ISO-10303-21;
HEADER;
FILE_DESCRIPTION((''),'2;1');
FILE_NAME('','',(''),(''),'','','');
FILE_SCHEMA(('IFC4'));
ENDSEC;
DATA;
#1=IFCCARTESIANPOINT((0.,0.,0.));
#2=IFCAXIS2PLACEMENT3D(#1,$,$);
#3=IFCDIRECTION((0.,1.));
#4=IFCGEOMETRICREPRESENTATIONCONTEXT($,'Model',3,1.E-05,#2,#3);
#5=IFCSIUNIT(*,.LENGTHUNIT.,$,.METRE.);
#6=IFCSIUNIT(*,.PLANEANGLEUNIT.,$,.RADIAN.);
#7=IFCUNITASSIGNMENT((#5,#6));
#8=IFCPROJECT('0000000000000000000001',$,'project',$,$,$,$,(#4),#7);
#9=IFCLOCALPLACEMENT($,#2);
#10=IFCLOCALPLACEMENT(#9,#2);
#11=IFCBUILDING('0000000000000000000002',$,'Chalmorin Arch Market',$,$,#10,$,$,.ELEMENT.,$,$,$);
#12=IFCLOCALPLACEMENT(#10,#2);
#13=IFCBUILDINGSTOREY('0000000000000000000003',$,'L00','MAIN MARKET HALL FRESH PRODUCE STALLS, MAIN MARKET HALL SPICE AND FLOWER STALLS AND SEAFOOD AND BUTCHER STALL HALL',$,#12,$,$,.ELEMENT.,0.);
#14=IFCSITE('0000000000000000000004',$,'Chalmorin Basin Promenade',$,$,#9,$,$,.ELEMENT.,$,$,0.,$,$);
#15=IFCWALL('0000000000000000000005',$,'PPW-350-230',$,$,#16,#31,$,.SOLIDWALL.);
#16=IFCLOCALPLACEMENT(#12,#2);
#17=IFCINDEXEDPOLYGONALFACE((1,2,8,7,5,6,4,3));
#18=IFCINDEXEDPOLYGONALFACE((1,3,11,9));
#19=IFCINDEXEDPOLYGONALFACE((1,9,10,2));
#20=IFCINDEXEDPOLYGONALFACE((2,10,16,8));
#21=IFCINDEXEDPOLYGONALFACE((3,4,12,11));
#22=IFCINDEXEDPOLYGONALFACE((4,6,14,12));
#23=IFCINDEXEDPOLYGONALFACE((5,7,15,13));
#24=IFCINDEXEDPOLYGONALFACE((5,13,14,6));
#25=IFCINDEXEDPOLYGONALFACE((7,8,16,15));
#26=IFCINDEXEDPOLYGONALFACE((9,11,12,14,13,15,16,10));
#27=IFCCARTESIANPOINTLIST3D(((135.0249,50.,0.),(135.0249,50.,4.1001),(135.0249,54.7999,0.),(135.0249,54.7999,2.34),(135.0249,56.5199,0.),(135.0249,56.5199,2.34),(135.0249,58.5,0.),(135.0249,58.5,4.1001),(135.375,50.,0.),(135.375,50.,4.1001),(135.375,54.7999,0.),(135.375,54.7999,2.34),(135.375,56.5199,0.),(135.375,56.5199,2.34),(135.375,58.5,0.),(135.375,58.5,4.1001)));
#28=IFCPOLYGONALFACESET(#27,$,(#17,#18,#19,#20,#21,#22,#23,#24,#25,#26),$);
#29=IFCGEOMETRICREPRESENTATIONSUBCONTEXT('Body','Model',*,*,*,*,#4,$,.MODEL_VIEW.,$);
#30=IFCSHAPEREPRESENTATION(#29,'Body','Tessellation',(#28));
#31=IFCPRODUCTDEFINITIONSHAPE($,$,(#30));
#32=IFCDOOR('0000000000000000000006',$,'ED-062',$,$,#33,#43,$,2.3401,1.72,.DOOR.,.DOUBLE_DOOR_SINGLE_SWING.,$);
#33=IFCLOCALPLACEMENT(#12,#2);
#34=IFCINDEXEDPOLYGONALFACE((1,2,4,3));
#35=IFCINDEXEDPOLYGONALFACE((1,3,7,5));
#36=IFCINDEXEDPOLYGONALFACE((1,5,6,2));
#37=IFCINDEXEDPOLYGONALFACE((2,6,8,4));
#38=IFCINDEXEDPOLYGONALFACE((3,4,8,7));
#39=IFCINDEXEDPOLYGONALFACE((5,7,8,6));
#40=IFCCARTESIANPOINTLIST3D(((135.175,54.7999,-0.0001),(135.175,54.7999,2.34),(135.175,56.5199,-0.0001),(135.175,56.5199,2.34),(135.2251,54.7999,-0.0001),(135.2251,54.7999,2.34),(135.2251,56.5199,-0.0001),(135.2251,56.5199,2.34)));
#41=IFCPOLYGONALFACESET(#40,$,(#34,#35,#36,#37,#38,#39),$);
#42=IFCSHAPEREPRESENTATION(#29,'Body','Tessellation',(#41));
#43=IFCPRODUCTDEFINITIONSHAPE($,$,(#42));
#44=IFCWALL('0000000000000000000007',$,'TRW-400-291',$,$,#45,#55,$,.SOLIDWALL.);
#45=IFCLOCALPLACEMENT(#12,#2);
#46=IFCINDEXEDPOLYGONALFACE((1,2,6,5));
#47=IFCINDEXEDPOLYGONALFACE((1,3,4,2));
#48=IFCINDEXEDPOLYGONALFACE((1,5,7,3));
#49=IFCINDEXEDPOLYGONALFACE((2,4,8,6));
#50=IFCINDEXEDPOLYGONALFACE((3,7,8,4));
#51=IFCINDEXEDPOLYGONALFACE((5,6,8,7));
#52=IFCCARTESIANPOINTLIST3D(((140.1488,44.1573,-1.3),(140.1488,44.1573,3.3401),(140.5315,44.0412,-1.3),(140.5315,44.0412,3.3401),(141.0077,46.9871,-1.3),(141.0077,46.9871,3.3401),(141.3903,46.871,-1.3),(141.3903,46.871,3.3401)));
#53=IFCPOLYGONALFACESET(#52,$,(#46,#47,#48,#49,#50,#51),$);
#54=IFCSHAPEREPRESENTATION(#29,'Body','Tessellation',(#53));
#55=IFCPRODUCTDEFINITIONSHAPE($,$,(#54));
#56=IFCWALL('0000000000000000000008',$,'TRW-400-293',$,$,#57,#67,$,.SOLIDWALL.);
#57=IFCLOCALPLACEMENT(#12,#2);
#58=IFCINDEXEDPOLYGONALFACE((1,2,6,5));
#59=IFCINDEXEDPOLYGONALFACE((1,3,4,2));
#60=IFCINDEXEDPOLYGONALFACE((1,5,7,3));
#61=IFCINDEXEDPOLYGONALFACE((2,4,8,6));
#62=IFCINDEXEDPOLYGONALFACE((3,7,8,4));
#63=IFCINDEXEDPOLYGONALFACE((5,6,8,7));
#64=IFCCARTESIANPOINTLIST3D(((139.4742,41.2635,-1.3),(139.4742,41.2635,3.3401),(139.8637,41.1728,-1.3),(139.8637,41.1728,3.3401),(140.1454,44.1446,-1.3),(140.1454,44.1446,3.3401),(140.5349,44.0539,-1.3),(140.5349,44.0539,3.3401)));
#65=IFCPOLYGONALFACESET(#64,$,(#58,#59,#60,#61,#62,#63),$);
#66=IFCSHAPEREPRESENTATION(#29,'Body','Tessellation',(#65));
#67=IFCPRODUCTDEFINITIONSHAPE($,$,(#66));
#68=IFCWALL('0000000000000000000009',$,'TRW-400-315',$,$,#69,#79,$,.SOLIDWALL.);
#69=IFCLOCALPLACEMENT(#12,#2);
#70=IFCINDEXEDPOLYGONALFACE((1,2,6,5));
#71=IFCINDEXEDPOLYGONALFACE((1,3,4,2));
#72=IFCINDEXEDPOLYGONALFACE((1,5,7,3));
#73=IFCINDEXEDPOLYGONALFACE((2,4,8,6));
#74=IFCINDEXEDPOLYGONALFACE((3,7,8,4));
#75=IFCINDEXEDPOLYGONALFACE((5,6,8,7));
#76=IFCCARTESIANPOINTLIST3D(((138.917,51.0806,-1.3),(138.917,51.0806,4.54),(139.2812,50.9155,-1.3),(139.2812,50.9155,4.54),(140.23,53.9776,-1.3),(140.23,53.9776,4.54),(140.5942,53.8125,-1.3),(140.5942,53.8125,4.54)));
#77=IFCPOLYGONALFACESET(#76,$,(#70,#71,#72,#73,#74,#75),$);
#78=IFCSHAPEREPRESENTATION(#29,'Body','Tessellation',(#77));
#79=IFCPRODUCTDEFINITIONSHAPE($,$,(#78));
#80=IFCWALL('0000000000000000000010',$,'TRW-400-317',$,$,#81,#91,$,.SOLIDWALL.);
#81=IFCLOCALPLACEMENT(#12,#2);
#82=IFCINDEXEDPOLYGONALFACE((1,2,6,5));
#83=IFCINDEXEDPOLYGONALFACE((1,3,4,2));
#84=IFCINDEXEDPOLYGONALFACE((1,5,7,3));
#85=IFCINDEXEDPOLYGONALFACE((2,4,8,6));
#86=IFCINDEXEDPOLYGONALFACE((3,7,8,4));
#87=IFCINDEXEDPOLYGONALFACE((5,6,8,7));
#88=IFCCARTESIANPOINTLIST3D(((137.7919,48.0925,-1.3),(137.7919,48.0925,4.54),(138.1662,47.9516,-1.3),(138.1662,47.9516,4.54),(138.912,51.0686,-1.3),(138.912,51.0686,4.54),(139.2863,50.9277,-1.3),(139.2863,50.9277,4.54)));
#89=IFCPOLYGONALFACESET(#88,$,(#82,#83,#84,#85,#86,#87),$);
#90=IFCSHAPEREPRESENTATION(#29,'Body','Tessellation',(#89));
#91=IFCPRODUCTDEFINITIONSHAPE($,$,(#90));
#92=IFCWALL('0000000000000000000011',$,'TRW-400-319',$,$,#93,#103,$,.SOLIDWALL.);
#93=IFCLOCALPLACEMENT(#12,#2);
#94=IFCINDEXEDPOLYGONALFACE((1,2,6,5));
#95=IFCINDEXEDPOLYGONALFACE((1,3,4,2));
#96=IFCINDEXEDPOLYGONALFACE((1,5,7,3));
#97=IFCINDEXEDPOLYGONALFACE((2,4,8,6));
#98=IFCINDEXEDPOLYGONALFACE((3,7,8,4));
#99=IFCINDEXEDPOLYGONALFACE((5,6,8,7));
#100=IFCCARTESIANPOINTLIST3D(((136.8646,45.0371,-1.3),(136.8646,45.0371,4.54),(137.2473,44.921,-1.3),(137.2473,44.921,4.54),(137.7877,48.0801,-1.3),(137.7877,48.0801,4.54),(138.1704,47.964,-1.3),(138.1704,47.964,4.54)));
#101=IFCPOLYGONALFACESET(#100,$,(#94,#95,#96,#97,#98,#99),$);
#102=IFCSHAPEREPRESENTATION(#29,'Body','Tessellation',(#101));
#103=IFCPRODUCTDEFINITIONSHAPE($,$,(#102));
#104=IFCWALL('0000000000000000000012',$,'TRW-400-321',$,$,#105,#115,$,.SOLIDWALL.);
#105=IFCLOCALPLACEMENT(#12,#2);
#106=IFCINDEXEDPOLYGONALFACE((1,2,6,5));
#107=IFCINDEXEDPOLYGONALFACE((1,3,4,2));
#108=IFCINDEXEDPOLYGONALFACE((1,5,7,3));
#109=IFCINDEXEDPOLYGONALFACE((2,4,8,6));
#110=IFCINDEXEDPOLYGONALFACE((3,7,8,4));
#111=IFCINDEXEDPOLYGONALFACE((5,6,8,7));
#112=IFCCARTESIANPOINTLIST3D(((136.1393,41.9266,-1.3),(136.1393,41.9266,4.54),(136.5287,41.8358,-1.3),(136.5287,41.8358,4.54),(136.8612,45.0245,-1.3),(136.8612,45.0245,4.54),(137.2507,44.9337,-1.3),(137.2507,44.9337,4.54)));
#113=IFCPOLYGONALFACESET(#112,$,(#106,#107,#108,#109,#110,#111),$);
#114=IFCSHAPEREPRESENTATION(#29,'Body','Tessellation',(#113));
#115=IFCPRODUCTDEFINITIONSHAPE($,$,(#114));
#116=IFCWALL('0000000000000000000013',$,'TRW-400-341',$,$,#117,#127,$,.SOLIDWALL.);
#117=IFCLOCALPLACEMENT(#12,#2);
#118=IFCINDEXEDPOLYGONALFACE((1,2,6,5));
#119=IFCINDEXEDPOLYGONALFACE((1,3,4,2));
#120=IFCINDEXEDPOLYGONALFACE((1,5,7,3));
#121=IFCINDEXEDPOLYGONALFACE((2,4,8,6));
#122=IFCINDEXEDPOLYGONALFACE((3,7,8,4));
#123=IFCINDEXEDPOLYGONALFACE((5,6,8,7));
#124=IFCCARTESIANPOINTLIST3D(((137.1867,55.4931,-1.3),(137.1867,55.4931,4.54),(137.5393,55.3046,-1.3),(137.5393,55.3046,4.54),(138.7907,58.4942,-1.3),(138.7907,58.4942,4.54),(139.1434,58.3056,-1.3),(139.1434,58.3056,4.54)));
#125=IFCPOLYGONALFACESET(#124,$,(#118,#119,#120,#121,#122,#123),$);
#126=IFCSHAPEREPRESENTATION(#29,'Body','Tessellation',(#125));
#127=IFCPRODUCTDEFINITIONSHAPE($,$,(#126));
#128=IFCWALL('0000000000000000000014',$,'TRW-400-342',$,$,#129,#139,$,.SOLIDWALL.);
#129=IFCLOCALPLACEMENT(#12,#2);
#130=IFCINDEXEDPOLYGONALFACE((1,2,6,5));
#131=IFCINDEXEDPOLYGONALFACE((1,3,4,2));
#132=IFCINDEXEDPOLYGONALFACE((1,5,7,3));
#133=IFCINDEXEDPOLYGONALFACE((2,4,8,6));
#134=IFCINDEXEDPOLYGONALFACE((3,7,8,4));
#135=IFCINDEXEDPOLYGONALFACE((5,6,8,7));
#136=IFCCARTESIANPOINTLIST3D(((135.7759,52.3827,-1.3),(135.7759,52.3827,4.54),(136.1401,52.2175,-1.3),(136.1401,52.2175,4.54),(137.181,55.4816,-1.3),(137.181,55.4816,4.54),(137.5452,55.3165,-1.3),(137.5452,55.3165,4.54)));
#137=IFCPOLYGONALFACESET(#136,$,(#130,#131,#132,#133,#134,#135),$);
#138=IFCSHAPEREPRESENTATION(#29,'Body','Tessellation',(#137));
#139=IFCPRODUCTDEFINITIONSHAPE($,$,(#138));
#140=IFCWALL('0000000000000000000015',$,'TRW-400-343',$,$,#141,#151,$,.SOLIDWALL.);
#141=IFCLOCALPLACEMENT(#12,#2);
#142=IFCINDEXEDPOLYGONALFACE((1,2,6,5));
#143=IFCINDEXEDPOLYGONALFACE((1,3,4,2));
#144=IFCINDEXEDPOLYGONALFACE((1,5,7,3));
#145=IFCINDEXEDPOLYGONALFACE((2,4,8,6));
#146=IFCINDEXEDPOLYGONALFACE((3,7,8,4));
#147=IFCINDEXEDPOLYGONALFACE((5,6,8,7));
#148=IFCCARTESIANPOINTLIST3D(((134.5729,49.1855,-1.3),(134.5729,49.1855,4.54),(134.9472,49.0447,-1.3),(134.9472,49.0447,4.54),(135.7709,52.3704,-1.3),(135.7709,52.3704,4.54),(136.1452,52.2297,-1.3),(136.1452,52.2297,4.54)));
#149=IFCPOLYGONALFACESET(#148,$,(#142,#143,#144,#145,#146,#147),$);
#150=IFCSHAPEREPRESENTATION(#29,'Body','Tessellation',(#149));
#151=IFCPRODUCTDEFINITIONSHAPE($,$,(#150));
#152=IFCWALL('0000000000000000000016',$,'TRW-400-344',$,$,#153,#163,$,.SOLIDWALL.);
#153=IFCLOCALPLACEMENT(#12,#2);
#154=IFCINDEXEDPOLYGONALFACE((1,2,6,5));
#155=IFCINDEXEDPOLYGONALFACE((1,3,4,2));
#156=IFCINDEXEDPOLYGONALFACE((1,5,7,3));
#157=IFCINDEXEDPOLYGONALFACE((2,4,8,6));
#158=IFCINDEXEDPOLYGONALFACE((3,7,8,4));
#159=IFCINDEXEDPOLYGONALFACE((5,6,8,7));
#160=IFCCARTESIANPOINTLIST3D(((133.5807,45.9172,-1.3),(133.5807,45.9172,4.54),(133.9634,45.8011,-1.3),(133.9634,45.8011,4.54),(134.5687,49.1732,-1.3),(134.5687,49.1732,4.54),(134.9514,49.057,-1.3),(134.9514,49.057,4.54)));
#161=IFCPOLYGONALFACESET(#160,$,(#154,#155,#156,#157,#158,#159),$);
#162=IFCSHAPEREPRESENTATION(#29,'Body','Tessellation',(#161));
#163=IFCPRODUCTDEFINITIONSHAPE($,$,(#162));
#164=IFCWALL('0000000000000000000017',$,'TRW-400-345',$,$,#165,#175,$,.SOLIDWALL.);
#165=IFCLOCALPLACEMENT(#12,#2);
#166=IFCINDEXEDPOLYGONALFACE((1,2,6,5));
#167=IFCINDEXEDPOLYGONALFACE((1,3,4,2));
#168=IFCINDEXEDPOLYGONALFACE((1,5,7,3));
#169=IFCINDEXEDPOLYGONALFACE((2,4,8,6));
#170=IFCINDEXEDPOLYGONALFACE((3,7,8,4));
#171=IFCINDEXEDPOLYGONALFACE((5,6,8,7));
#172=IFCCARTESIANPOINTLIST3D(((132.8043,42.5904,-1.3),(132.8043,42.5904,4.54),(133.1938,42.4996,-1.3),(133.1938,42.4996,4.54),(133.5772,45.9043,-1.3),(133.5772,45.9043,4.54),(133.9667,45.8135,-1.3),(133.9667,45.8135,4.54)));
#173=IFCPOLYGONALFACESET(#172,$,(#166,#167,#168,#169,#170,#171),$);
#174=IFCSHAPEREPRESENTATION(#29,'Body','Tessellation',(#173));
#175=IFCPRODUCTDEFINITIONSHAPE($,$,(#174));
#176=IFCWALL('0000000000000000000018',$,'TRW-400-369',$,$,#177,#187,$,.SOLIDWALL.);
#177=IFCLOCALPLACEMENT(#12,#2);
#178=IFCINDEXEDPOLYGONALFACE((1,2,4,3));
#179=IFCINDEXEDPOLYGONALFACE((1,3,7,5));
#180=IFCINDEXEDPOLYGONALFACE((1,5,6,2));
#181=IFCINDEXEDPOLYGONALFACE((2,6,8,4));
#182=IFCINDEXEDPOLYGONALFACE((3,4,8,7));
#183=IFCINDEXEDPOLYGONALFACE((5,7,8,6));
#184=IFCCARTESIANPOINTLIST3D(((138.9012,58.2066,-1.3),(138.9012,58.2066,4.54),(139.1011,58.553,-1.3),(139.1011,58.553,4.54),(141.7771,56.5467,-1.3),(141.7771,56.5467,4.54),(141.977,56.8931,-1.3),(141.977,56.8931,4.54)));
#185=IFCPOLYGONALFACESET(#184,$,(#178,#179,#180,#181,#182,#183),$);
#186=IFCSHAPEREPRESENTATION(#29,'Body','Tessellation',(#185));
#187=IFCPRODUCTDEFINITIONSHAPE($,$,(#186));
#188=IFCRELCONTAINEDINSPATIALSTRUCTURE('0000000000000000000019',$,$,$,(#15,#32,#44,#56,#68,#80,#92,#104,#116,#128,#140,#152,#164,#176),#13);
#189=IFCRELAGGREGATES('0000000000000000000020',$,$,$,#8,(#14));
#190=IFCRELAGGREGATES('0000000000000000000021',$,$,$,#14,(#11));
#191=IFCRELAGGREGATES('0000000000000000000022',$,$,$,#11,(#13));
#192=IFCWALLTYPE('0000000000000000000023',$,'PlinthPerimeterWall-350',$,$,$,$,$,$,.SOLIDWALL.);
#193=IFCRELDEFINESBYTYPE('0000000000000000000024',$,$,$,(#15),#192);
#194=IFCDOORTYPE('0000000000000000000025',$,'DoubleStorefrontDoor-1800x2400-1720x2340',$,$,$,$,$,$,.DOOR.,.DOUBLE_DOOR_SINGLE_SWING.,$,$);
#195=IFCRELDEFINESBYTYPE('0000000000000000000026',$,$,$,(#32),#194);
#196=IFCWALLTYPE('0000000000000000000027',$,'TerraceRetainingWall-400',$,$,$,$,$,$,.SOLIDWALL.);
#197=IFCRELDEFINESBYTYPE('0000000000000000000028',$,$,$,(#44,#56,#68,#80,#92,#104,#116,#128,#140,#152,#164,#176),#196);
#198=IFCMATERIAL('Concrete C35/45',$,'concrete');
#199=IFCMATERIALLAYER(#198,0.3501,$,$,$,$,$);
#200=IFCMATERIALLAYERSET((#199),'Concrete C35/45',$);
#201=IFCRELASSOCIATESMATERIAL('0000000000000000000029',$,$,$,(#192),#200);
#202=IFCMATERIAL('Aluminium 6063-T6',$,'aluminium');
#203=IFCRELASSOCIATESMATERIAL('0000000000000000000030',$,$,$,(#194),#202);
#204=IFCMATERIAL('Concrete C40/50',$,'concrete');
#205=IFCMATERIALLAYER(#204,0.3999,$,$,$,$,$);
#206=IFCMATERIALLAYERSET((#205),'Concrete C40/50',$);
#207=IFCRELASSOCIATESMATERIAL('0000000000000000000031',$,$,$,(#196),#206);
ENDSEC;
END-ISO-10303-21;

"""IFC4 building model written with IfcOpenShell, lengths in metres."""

from ifc_helpers import new_model, si_unit, direction, frame, frame_2d, origin, place, context, subcontext, project, spatial, rectangle, extrude, material, layer, layer_set, type_object, element, fill, save


model = new_model("IFC4")

# Units and contexts
model_context = context("Model", 3, precision=1e-05, world=origin(), true_north=direction((0.0, 1.0)))
body_context = subcontext(model_context, "Body", "Model", "MODEL_VIEW")
ifc_project = project(units=[si_unit("LENGTHUNIT", "METRE"), si_unit("PLANEANGLEUNIT", "RADIAN")], contexts=[model_context])

# Site, building, storey
site_placement = place(None, origin())
site = spatial("IfcSite", under=ifc_project, at=site_placement, Name="Chalmorin Basin Promenade", CompositionType="ELEMENT", RefElevation=0.0)
building_placement = place(site_placement, origin())
building = spatial("IfcBuilding", under=site, at=building_placement, Name="Chalmorin Arch Market", CompositionType="ELEMENT")
storey_placement = place(building_placement, origin())
storey = spatial("IfcBuildingStorey", under=building, at=storey_placement, Name="L00", Description="MAIN MARKET HALL FRESH PRODUCE STALLS, MAIN MARKET HALL SPICE AND FLOWER STALLS AND SEAFOOD AND BUTCHER STALL HALL", CompositionType="ELEMENT", Elevation=0.0)

# Shared definitions
ifc_material_1 = material(Name="Concrete C40/50", Category="concrete")

# Shared definitions
ifc_material_2 = material(Name="Aluminium 6063-T6", Category="aluminium")

# Shared definitions
ifc_material_3 = material(Name="Concrete C35/45", Category="concrete")
ifc_layer_1 = layer(ifc_material_3, 0.3501)
ifc_layer_set_1 = layer_set([ifc_layer_1], Name="Concrete C35/45")
wall_type_1 = type_object("IfcWallType", Name="PlinthPerimeterWall-350", PredefinedType="SOLIDWALL", material=ifc_layer_set_1)

# Wall, opening, door
wall_1_placement = place(storey_placement, frame((135.2, 50.0, 0.0), z_axis=(0.0, 0.0, 1.0), x_axis=(0.0, 1.0, 0.0)))
wall_1 = element("IfcWall", 1, at=wall_1_placement, inside=storey, type_object=wall_type_1, Name="PPW-350-230", PredefinedType="SOLIDWALL", context=body_context, shape_type="SweptSolid", body=[
    extrude(rectangle(XDim=8.5, YDim=0.3501, at=frame_2d((4.25, 0.0))), origin(), (0.0, 0.0, 1.0), 4.1001),
])
opening_placement = place(wall_1_placement, frame((4.8, 0.0, 0.0)))
opening = element("IfcOpeningElement", 2, at=opening_placement, cuts=wall_1, PredefinedType="OPENING", context=body_context, shape_type="SweptSolid", body=[
    extrude(rectangle(XDim=1.72, YDim=2.3401, at=frame_2d((0.8599, 1.1699))), frame((0.0, 0.1851, 0.0), z_axis=(0.0, -1.0, 0.0), x_axis=(1.0, 0.0, 0.0)), (0.0, 0.0, 1.0), 0.3701),
])
door_type = type_object("IfcDoorType", Name="DoubleStorefrontDoor-1800x2400-1720x2340", OperationType="DOUBLE_DOOR_SINGLE_SWING", PredefinedType="DOOR", material=ifc_material_2)
door_placement = place(opening_placement, origin())
door = element("IfcDoor", 3, at=door_placement, inside=storey, type_object=door_type, Name="ED-062", OperationType="DOUBLE_DOOR_SINGLE_SWING", OverallHeight=2.3401, OverallWidth=1.72, PredefinedType="DOOR", context=body_context, shape_type="SweptSolid", body=[
    extrude(rectangle(XDim=1.72, YDim=2.3401, at=frame_2d((0.8599, 1.1699))), frame((0.0, 0.0249, 0.0), z_axis=(0.0, -1.0, 0.0), x_axis=(1.0, 0.0, 0.0)), (0.0, 0.0, 1.0), 0.05),
])
fill(opening, door)

# Walls
ifc_layer_2 = layer(ifc_material_1, 0.3999)
ifc_layer_set_2 = layer_set([ifc_layer_2], Name="Concrete C40/50")
wall_type_2 = type_object("IfcWallType", Name="TerraceRetainingWall-400", PredefinedType="SOLIDWALL", material=ifc_layer_set_2)
wall_2_placement = place(storey_placement, frame((141.199, 46.929, -1.3), z_axis=(0.0, 0.0, 1.0), x_axis=(-0.290429, -0.956897, 0.0)))
element("IfcWall", 4, at=wall_2_placement, inside=storey, type_object=wall_type_2, Name="TRW-400-291", PredefinedType="SOLIDWALL", context=body_context, shape_type="SweptSolid", body=[
    extrude(rectangle(XDim=2.9573, YDim=0.3999, at=frame_2d((1.4785, 0.0))), origin(), (0.0, 0.0, 1.0), 4.6401),
])
wall_3_placement = place(storey_placement, frame((140.3401, 44.0991, -1.3), z_axis=(0.0, 0.0, 1.0), x_axis=(-0.226872, -0.973925, 0.0)))
element("IfcWall", 5, at=wall_3_placement, inside=storey, type_object=wall_type_2, Name="TRW-400-293", PredefinedType="SOLIDWALL", context=body_context, shape_type="SweptSolid", body=[
    extrude(rectangle(XDim=2.9583, YDim=0.3999, at=frame_2d((1.479, 0.0))), origin(), (0.0, 0.0, 1.0), 4.6401),
])
wall_4_placement = place(storey_placement, frame((140.4121, 53.895, -1.3), z_axis=(0.0, 0.0, 1.0), x_axis=(-0.412808, -0.910818, 0.0)))
element("IfcWall", 6, at=wall_4_placement, inside=storey, type_object=wall_type_2, Name="TRW-400-315", PredefinedType="SOLIDWALL", context=body_context, shape_type="SweptSolid", body=[
    extrude(rectangle(XDim=3.1807, YDim=0.3999, at=frame_2d((1.5903, 0.0))), origin(), (0.0, 0.0, 1.0), 5.8401),
])
for number, where, z_axis, x_axis, name in (
    (7, (139.0991, 50.998, -1.3), (0.0, 0.0, 1.0), (-0.352251, -0.935906, 0.0), "TRW-400-317"),
    (8, (137.979, 48.022, -1.3), (0.0, 0.0, 1.0), (-0.290291, -0.956938, 0.0), "TRW-400-319"),
):
    element("IfcWall", number, at=place(storey_placement, frame(where, z_axis=z_axis, x_axis=x_axis)), inside=storey, type_object=wall_type_2, Name=name, PredefinedType="SOLIDWALL", context=body_context, shape_type="SweptSolid", body=[
        extrude(rectangle(XDim=3.1799, YDim=0.3999, at=frame_2d((1.5898, 0.0))), origin(), (0.0, 0.0, 1.0), 5.8401),
    ])
wall_5_placement = place(storey_placement, frame((137.0559, 44.979, -1.3), z_axis=(0.0, 0.0, 1.0), x_axis=(-0.226955, -0.973905, 0.0)))
element("IfcWall", 9, at=wall_5_placement, inside=storey, type_object=wall_type_2, Name="TRW-400-321", PredefinedType="SOLIDWALL", context=body_context, shape_type="SweptSolid", body=[
    extrude(rectangle(XDim=3.1809, YDim=0.3999, at=frame_2d((1.5903, 0.0))), origin(), (0.0, 0.0, 1.0), 5.8401),
])
wall_6_placement = place(storey_placement, frame((138.967, 58.3999, -1.3), z_axis=(0.0, 0.0, 1.0), x_axis=(-0.471385, -0.881928, 0.0)))
element("IfcWall", 10, at=wall_6_placement, inside=storey, type_object=wall_type_2, Name="TRW-400-341", PredefinedType="SOLIDWALL", context=body_context, shape_type="SweptSolid", body=[
    extrude(rectangle(XDim=3.4028, YDim=0.3999, at=frame_2d((1.7014, 0.0))), origin(), (0.0, 0.0, 1.0), 5.8401),
])
wall_7_placement = place(storey_placement, frame((137.363, 55.3989, -1.3), z_axis=(0.0, 0.0, 1.0), x_axis=(-0.412938, -0.910759, 0.0)))
element("IfcWall", 11, at=wall_7_placement, inside=storey, type_object=wall_type_2, Name="TRW-400-342", PredefinedType="SOLIDWALL", context=body_context, shape_type="SweptSolid", body=[
    extrude(rectangle(XDim=3.4026, YDim=0.3999, at=frame_2d((1.7012, 0.0))), origin(), (0.0, 0.0, 1.0), 5.8401),
])
wall_8_placement = place(storey_placement, frame((135.958, 52.3, -1.3), z_axis=(0.0, 0.0, 1.0), x_axis=(-0.352051, -0.935981, 0.0)))
element("IfcWall", 12, at=wall_8_placement, inside=storey, type_object=wall_type_2, Name="TRW-400-343", PredefinedType="SOLIDWALL", context=body_context, shape_type="SweptSolid", body=[
    extrude(rectangle(XDim=3.4028, YDim=0.3999, at=frame_2d((1.7014, 0.0))), origin(), (0.0, 0.0, 1.0), 5.8401),
])
wall_9_placement = place(storey_placement, frame((134.76, 49.115, -1.3), z_axis=(0.0, 0.0, 1.0), x_axis=(-0.290368, -0.956915, 0.0)))
element("IfcWall", 13, at=wall_9_placement, inside=storey, type_object=wall_type_2, Name="TRW-400-344", PredefinedType="SOLIDWALL", context=body_context, shape_type="SweptSolid", body=[
    extrude(rectangle(XDim=3.4026, YDim=0.3999, at=frame_2d((1.7012, 0.0))), origin(), (0.0, 0.0, 1.0), 5.8401),
])
wall_10_placement = place(storey_placement, frame((133.772, 45.8589, -1.3), z_axis=(0.0, 0.0, 1.0), x_axis=(-0.227143, -0.973861, 0.0)))
element("IfcWall", 14, at=wall_10_placement, inside=storey, type_object=wall_type_2, Name="TRW-400-345", PredefinedType="SOLIDWALL", context=body_context, shape_type="SweptSolid", body=[
    extrude(rectangle(XDim=3.4028, YDim=0.3999, at=frame_2d((1.7014, 0.0))), origin(), (0.0, 0.0, 1.0), 5.8401),
])
wall_11_placement = place(storey_placement, frame((141.877, 56.72, -1.3), z_axis=(0.0, 0.0, 1.0), x_axis=(-0.866095, 0.499879, 0.0)))
element("IfcWall", 15, at=wall_11_placement, inside=storey, type_object=wall_type_2, Name="TRW-400-369", PredefinedType="SOLIDWALL", context=body_context, shape_type="SweptSolid", body=[
    extrude(rectangle(XDim=3.3206, YDim=0.3999, at=frame_2d((1.6602, 0.0))), origin(), (0.0, 0.0, 1.0), 5.8401),
])

save(model, "model.ifc")
